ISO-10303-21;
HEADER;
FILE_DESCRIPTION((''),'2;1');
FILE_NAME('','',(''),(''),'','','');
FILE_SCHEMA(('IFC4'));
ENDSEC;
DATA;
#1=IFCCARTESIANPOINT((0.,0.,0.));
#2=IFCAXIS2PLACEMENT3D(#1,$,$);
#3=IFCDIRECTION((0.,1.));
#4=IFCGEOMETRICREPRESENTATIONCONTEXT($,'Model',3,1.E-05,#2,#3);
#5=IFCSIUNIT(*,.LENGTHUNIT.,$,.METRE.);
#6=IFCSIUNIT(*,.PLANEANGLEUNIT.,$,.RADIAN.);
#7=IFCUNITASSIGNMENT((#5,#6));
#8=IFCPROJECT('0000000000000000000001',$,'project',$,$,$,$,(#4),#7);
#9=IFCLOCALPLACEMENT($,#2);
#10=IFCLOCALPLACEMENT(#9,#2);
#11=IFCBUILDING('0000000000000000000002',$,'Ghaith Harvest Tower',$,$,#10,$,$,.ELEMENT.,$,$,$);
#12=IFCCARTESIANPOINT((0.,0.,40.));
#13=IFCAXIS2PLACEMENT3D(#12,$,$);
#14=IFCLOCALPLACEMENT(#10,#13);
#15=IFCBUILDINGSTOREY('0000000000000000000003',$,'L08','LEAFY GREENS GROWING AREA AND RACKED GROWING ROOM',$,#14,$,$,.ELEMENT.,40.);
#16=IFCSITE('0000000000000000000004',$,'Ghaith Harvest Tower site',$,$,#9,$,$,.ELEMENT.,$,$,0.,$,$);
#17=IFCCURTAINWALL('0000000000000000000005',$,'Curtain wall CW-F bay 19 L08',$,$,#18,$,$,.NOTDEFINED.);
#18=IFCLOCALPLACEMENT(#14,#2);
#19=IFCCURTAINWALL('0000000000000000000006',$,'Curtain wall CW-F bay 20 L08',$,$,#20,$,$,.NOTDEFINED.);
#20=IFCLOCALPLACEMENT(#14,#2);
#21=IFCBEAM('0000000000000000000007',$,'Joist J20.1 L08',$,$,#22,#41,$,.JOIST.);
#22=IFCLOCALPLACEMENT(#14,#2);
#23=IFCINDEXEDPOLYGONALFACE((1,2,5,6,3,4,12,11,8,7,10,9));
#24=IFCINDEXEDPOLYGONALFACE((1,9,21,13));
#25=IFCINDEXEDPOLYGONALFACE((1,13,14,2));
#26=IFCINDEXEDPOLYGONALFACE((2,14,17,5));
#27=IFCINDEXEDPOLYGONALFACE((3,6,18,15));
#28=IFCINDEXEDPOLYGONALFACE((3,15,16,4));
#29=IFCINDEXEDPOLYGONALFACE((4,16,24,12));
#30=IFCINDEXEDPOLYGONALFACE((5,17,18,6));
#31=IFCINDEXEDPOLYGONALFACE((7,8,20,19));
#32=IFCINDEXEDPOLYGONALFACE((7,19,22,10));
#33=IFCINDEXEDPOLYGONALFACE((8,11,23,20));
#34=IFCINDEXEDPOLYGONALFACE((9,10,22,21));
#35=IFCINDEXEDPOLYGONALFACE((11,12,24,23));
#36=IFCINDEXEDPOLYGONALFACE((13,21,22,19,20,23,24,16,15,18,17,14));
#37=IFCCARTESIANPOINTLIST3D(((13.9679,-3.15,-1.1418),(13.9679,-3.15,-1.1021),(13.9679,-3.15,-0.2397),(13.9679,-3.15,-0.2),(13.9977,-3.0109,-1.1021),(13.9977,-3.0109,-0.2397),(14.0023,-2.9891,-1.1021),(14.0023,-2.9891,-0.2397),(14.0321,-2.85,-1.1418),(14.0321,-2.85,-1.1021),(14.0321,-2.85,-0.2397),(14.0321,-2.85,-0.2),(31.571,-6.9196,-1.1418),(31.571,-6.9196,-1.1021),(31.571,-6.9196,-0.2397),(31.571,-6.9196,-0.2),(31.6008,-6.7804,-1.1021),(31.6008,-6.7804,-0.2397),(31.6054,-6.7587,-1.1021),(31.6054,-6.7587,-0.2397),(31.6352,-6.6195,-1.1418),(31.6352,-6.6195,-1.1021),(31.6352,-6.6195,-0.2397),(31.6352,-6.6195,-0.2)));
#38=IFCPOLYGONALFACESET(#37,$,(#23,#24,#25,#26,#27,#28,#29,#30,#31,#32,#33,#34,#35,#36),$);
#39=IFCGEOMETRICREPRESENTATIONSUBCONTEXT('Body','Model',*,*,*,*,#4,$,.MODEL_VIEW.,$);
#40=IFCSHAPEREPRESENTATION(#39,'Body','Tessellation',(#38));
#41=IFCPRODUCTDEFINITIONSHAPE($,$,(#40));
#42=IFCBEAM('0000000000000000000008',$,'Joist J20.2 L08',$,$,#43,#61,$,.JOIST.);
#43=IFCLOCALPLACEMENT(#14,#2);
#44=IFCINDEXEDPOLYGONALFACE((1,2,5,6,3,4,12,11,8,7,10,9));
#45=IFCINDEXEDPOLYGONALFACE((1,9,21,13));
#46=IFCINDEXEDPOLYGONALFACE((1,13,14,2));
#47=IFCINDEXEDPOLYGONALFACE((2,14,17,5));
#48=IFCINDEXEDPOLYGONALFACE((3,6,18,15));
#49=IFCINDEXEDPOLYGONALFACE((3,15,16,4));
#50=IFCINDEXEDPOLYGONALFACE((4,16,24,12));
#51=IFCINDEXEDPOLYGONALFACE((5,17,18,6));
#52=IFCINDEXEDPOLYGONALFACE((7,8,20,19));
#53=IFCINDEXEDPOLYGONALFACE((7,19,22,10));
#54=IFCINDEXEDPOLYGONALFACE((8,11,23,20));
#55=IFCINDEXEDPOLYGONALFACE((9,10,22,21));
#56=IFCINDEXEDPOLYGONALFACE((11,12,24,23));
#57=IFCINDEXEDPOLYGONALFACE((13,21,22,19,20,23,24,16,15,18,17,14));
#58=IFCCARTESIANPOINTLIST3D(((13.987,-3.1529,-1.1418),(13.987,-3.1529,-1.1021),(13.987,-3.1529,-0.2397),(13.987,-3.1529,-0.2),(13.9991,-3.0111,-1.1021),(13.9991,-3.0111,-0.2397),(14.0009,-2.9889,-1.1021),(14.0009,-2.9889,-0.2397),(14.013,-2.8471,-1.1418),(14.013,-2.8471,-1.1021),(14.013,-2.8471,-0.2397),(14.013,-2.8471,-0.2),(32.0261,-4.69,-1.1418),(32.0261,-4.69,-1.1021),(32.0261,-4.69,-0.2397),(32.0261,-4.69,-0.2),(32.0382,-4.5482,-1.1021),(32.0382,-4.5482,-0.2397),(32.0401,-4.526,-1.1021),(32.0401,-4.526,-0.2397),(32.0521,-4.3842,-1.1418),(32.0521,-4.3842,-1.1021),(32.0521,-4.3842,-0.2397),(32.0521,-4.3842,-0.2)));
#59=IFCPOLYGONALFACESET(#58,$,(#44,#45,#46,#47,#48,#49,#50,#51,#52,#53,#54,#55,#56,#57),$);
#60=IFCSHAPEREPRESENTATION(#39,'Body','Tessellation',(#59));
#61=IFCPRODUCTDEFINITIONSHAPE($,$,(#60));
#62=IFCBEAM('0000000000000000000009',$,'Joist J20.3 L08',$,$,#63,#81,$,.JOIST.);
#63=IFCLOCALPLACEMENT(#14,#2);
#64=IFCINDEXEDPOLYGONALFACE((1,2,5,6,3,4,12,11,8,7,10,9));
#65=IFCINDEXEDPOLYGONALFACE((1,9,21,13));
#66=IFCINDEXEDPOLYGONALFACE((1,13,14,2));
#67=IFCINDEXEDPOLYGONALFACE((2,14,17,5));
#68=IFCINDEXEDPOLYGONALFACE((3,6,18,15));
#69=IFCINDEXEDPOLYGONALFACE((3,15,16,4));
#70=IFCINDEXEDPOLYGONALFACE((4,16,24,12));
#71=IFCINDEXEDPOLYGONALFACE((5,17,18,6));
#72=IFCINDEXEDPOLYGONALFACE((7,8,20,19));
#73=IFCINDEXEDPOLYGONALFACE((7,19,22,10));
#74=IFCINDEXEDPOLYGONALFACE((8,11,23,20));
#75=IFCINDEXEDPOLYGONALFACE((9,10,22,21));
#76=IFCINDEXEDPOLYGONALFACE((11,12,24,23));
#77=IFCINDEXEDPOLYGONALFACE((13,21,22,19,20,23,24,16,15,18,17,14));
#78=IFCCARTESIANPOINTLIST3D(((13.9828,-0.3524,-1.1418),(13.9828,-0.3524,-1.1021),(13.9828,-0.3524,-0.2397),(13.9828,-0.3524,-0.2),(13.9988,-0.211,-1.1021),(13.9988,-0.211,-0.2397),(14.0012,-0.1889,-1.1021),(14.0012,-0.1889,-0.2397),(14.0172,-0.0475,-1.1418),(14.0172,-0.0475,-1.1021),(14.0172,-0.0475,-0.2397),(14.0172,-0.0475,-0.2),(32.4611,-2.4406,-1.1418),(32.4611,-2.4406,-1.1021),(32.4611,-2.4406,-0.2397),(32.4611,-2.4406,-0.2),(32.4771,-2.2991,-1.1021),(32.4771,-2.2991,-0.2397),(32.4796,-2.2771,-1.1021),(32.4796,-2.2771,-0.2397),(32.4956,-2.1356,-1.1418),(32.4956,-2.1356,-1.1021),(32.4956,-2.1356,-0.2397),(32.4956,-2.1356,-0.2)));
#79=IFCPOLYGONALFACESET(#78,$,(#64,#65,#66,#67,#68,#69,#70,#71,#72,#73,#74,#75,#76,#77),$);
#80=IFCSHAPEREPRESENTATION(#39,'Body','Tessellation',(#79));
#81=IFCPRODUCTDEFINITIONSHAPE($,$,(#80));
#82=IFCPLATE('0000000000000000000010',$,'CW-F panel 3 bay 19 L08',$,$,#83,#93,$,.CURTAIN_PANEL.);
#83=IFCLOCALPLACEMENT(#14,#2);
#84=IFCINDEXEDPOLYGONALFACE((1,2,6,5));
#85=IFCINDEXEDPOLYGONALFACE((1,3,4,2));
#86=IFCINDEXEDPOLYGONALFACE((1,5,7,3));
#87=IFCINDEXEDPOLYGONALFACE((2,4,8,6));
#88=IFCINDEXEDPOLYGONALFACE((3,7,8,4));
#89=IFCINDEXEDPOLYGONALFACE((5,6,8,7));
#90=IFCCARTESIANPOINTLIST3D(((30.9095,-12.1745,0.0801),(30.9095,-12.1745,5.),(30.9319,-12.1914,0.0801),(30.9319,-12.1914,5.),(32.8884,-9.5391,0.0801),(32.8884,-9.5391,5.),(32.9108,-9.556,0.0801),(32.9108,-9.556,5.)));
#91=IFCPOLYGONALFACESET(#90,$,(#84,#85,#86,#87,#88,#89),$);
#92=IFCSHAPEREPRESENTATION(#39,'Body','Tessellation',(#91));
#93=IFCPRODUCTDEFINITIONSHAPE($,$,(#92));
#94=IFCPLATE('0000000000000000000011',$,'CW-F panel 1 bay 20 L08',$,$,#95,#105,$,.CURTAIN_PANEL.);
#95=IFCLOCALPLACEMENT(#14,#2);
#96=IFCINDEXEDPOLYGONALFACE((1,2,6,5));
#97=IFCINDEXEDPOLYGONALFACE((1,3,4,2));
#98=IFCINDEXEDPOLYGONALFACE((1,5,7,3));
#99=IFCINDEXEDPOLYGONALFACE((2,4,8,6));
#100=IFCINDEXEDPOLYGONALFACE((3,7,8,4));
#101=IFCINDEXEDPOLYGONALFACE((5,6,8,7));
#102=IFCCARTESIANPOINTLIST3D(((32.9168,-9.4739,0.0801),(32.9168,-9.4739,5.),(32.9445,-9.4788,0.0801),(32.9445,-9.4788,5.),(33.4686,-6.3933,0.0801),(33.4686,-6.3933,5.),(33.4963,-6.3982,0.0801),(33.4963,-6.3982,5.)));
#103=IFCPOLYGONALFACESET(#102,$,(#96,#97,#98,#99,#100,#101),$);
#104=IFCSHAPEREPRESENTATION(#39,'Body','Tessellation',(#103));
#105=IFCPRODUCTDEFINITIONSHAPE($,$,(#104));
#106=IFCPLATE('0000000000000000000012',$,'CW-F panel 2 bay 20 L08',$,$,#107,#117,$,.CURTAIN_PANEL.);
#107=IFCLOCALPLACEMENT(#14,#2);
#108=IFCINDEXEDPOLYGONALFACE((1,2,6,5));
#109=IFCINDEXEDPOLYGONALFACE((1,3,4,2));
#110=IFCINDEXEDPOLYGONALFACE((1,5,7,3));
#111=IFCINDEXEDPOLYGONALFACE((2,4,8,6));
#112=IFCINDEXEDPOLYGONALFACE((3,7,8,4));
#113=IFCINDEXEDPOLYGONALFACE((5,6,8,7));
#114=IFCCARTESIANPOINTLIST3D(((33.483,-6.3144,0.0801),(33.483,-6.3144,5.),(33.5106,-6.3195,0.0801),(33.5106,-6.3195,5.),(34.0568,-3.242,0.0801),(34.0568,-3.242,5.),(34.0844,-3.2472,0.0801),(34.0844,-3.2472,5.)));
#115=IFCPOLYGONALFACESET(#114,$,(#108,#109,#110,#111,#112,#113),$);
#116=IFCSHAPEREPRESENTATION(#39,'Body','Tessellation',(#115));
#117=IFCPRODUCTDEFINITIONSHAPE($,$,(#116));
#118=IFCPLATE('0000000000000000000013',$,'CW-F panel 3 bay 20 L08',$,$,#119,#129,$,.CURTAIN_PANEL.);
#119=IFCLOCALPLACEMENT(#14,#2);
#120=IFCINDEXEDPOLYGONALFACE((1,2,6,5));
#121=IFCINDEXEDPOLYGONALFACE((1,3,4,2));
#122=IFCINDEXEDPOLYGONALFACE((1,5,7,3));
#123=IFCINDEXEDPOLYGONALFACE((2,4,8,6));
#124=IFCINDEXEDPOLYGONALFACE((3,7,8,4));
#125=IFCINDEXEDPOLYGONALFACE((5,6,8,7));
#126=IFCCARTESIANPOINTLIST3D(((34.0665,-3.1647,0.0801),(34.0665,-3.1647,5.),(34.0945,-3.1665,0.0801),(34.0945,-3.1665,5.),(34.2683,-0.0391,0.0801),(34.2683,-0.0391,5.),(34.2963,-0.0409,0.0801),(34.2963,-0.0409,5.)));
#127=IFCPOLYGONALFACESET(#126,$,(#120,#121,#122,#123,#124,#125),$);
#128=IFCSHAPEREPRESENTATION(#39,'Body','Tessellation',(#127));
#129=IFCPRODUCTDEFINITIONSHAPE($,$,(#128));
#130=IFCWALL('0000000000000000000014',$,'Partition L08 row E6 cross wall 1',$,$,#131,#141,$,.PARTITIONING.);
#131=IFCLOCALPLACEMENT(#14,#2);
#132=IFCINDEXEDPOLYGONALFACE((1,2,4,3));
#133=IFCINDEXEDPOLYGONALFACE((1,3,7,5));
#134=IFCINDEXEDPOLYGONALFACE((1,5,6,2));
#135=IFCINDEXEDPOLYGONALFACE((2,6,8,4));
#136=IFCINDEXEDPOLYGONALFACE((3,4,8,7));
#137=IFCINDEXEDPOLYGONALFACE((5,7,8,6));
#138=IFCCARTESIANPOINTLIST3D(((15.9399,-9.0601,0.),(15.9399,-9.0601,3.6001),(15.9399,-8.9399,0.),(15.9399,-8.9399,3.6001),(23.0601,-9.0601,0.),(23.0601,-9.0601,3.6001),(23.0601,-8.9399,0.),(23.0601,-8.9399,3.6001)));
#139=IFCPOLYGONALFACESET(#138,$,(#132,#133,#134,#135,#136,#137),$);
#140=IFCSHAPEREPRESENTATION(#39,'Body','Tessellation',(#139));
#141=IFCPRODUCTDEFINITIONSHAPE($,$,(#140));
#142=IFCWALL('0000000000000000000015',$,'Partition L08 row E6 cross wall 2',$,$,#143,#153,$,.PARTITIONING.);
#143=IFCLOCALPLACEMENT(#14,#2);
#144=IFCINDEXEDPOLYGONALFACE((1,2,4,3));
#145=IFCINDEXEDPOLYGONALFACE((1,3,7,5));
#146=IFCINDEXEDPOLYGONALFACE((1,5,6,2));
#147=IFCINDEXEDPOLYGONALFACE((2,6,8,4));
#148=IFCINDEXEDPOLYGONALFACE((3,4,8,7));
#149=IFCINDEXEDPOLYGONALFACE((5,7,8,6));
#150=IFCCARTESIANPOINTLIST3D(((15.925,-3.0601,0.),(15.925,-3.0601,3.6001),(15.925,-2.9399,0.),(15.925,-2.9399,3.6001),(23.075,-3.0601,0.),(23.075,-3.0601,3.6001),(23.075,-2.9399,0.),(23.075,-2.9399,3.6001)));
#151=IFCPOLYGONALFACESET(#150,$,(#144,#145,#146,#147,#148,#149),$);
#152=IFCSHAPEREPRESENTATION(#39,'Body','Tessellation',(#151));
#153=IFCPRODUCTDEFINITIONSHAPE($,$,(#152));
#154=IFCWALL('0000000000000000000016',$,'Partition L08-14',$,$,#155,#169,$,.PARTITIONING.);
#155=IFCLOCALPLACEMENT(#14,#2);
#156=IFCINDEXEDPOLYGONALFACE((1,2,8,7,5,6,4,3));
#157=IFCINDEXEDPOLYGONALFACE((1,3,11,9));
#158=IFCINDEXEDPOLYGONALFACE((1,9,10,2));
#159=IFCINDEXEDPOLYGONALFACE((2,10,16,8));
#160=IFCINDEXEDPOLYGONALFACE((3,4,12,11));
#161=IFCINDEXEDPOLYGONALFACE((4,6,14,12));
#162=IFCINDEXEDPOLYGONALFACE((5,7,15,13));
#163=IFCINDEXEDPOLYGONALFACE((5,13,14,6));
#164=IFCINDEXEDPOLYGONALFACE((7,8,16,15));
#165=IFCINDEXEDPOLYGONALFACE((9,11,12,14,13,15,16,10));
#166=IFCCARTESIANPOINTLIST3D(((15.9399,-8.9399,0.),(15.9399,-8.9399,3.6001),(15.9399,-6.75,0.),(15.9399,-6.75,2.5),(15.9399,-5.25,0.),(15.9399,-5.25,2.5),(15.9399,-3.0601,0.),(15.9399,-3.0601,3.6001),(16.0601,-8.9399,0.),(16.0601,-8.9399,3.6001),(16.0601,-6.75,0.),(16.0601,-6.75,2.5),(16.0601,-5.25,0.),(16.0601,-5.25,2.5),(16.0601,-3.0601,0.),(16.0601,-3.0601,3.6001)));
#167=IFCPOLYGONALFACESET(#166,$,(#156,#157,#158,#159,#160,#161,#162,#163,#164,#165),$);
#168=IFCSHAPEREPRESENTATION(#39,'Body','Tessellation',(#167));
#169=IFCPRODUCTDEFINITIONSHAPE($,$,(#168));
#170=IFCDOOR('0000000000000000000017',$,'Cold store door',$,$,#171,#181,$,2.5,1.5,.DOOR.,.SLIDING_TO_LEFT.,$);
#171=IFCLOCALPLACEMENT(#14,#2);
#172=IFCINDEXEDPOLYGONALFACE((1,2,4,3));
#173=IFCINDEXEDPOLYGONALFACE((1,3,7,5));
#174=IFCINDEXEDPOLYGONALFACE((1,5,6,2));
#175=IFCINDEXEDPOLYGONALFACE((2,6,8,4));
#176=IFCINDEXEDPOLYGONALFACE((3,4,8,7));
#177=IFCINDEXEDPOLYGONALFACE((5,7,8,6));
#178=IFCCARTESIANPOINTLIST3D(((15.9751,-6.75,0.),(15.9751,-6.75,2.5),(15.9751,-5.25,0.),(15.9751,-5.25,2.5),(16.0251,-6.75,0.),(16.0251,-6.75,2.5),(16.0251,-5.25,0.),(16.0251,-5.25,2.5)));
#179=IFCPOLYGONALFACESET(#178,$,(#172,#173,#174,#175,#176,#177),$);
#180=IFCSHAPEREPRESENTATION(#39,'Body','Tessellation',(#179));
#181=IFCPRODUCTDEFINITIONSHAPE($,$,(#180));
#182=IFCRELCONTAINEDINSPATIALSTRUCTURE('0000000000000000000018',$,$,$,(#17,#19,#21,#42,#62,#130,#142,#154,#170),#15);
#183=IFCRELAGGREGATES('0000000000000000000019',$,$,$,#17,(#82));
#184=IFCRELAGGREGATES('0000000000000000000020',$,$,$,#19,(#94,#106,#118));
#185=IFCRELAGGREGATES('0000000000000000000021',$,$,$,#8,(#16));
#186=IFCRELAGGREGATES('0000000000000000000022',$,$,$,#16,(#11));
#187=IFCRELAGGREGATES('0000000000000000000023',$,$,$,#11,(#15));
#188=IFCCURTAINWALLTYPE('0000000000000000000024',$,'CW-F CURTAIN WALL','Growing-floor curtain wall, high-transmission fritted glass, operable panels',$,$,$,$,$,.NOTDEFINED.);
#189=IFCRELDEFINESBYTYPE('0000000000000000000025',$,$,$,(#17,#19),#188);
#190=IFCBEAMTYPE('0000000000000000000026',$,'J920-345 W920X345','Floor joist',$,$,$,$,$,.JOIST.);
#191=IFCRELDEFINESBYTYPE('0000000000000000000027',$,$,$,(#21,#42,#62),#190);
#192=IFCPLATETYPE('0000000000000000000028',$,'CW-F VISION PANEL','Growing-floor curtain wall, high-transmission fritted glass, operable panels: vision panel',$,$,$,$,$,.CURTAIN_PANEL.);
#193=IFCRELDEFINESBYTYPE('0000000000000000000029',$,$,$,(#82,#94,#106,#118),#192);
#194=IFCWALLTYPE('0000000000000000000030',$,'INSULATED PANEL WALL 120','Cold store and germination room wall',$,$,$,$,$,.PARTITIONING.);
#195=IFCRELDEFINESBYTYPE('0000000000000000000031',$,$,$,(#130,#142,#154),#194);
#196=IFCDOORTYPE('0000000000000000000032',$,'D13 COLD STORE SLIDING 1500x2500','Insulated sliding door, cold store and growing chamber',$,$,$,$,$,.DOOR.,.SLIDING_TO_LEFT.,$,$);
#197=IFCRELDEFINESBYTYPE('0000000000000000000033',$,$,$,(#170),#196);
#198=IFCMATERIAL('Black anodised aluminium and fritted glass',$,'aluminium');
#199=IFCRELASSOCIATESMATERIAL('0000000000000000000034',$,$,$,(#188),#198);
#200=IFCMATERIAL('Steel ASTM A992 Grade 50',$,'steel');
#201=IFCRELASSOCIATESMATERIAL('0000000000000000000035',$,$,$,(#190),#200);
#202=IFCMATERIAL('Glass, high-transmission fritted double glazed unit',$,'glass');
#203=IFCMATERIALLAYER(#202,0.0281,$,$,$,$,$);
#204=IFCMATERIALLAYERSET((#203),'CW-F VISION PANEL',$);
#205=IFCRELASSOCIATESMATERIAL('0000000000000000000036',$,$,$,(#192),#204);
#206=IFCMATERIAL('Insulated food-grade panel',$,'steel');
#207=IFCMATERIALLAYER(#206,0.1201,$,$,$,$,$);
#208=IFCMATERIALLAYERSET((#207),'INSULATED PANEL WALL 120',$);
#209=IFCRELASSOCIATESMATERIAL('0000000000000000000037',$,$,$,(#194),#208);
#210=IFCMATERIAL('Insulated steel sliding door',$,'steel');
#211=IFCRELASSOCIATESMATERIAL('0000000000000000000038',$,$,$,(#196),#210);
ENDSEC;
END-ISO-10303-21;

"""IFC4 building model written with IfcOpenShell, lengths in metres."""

from ifc_helpers import new_model, si_unit, direction, frame, frame_2d, origin, origin_2d, place, context, subcontext, project, spatial, rectangle, i_section, extrude, material, layer, layer_set, material_profile, profile_set, type_object, element, fill, aggregate, save


model = new_model("IFC4")

# Units and contexts
model_context = context("Model", 3, precision=1e-05, world=origin(), true_north=direction((0.0, 1.0)))
body_context = subcontext(model_context, "Body", "Model", "MODEL_VIEW")
ifc_project = project(units=[si_unit("LENGTHUNIT", "METRE"), si_unit("PLANEANGLEUNIT", "RADIAN")], contexts=[model_context])

# Site, building, storey
site_placement = place(None, origin())
site = spatial("IfcSite", under=ifc_project, at=site_placement, Name="Ghaith Harvest Tower site", CompositionType="ELEMENT", RefElevation=0.0)
building_placement = place(site_placement, origin())
building = spatial("IfcBuilding", under=site, at=building_placement, Name="Ghaith Harvest Tower", CompositionType="ELEMENT")
storey_placement = place(building_placement, frame((0.0, 0.0, 40.0)))
storey = spatial("IfcBuildingStorey", under=building, at=storey_placement, Name="L08", Description="LEAFY GREENS GROWING AREA AND RACKED GROWING ROOM", CompositionType="ELEMENT", Elevation=40.0)

# Curtain wall
ifc_material_1 = material(Name="Black anodised aluminium and fritted glass", Category="aluminium")
curtain_wall_type = type_object("IfcCurtainWallType", Name="CW-F CURTAIN WALL", Description="Growing-floor curtain wall, high-transmission fritted glass, operable panels", PredefinedType="NOTDEFINED", material=ifc_material_1)
curtain_wall_1_placement = place(storey_placement, origin())
curtain_wall_1 = element("IfcCurtainWall", 1, at=curtain_wall_1_placement, inside=storey, type_object=curtain_wall_type, Name="Curtain wall CW-F bay 19 L08", PredefinedType="NOTDEFINED")

# Curtain wall
curtain_wall_2_placement = place(storey_placement, origin())
curtain_wall_2 = element("IfcCurtainWall", 2, at=curtain_wall_2_placement, inside=storey, type_object=curtain_wall_type, Name="Curtain wall CW-F bay 20 L08", PredefinedType="NOTDEFINED")

# Beams
ifc_material_2 = material(Name="Steel ASTM A992 Grade 50", Category="steel")
ifc_material_profile_1 = material_profile(ifc_material_2, i_section(OverallWidth=0.3069, OverallDepth=0.9419, WebThickness=0.0222, FlangeThickness=0.0398, at=origin_2d()), Name="W920X345")
ifc_profile_set_1 = profile_set([ifc_material_profile_1], Name="Steel ASTM A992 Grade 50")
beam_type_1 = type_object("IfcBeamType", Name="J920-345 W920X345", Description="Floor joist", PredefinedType="JOIST", material=ifc_profile_set_1)
beam_1_placement = place(storey_placement, frame((14.0, -3.0, -0.6709), z_axis=(0.977831, -0.209394, 0.0), x_axis=(0.209394, 0.977831, 0.0)))
element("IfcBeam", 3, at=beam_1_placement, inside=storey, type_object=beam_type_1, Name="Joist J20.1 L08", PredefinedType="JOIST", context=body_context, shape_type="SweptSolid", body=[
    extrude(i_section(OverallWidth=0.3069, OverallDepth=0.9419, WebThickness=0.0222, FlangeThickness=0.0398, at=origin_2d()), origin(), (0.0, 0.0, 1.0), 18.0022),
])
beam_2_placement = place(storey_placement, frame((14.0, -3.0, -0.6709), z_axis=(0.996389, -0.084902, 0.0), x_axis=(0.084902, 0.996389, 0.0)))
element("IfcBeam", 4, at=beam_2_placement, inside=storey, type_object=beam_type_1, Name="Joist J20.2 L08", PredefinedType="JOIST", context=body_context, shape_type="SweptSolid", body=[
    extrude(i_section(OverallWidth=0.3069, OverallDepth=0.9419, WebThickness=0.0222, FlangeThickness=0.0398, at=origin_2d()), origin(), (0.0, 0.0, 1.0), 18.1045),
])
beam_3_placement = place(storey_placement, frame((14.0, -0.2, -0.6709), z_axis=(0.993675, -0.11229, 0.0), x_axis=(0.11229, 0.993675, 0.0)))
element("IfcBeam", 5, at=beam_3_placement, inside=storey, type_object=beam_type_1, Name="Joist J20.3 L08", PredefinedType="JOIST", context=body_context, shape_type="SweptSolid", body=[
    extrude(i_section(OverallWidth=0.3069, OverallDepth=0.9419, WebThickness=0.0222, FlangeThickness=0.0398, at=origin_2d()), origin(), (0.0, 0.0, 1.0), 18.5959),
])

# Plates
ifc_material_3 = material(Name="Glass, high-transmission fritted double glazed unit", Category="glass")
ifc_layer_1 = layer(ifc_material_3, 0.0281)
ifc_layer_set_1 = layer_set([ifc_layer_1], Name="CW-F VISION PANEL")
plate_type = type_object("IfcPlateType", Name="CW-F VISION PANEL", Description="Growing-floor curtain wall, high-transmission fritted glass, operable panels: vision panel", PredefinedType="CURTAIN_PANEL", material=ifc_layer_set_1)
plate_1_placement = place(storey_placement, frame((31.9102, -10.8652, 0.0801), z_axis=(0.0, 0.0, 1.0), x_axis=(0.600454, 0.799659, 0.0)))
plate_1 = element("IfcPlate", 6, at=plate_1_placement, type_object=plate_type, Name="CW-F panel 3 bay 19 L08", PredefinedType="CURTAIN_PANEL", context=body_context, shape_type="SweptSolid", body=[
    extrude(rectangle(XDim=3.2957, YDim=0.0281, at=origin_2d()), origin(), (0.0, 0.0, 1.0), 4.9199),
])
aggregate(curtain_wall_1, [plate_1])
plate_2_placement = place(storey_placement, frame((33.2065, -7.936, 0.0801), z_axis=(0.0, 0.0, 1.0), x_axis=(0.17632, 0.984333, 0.0)))
plate_2 = element("IfcPlate", 7, at=plate_2_placement, type_object=plate_type, Name="CW-F panel 1 bay 20 L08", PredefinedType="CURTAIN_PANEL", context=body_context, shape_type="SweptSolid", body=[
    extrude(rectangle(XDim=3.1296, YDim=0.0281, at=origin_2d()), origin(), (0.0, 0.0, 1.0), 4.9199),
])
plate_3_placement = place(storey_placement, frame((33.7837, -4.7808, 0.0801), z_axis=(0.0, 0.0, 1.0), x_axis=(0.183569, 0.983007, 0.0)))
plate_3 = element("IfcPlate", 8, at=plate_3_placement, type_object=plate_type, Name="CW-F panel 2 bay 20 L08", PredefinedType="CURTAIN_PANEL", context=body_context, shape_type="SweptSolid", body=[
    extrude(rectangle(XDim=3.1255, YDim=0.0281, at=origin_2d()), origin(), (0.0, 0.0, 1.0), 4.9199),
])
plate_4_placement = place(storey_placement, frame((34.1814, -1.6028, 0.0801), z_axis=(0.0, 0.0, 1.0), x_axis=(0.064446, 0.997921, 0.0)))
plate_4 = element("IfcPlate", 9, at=plate_4_placement, type_object=plate_type, Name="CW-F panel 3 bay 20 L08", PredefinedType="CURTAIN_PANEL", context=body_context, shape_type="SweptSolid", body=[
    extrude(rectangle(XDim=3.1321, YDim=0.0281, at=origin_2d()), origin(), (0.0, 0.0, 1.0), 4.9199),
])
aggregate(curtain_wall_2, [plate_2, plate_3, plate_4])

# Walls
ifc_material_4 = material(Name="Insulated food-grade panel", Category="steel")
ifc_layer_2 = layer(ifc_material_4, 0.1201)
ifc_layer_set_2 = layer_set([ifc_layer_2], Name="INSULATED PANEL WALL 120")
wall_type_1 = type_object("IfcWallType", Name="INSULATED PANEL WALL 120", Description="Cold store and germination room wall", PredefinedType="PARTITIONING", material=ifc_layer_set_2)
wall_1_placement = place(storey_placement, frame((15.9399, -9.0, 0.0), z_axis=(0.0, 0.0, 1.0), x_axis=(1.0, 0.0, 0.0)))
element("IfcWall", 10, at=wall_1_placement, inside=storey, type_object=wall_type_1, Name="Partition L08 row E6 cross wall 1", PredefinedType="PARTITIONING", context=body_context, shape_type="SweptSolid", body=[
    extrude(rectangle(XDim=7.1201, YDim=0.1201, at=frame_2d((3.5601, 0.0))), origin(), (0.0, 0.0, 1.0), 3.6001),
])
wall_2_placement = place(storey_placement, frame((15.925, -3.0, 0.0), z_axis=(0.0, 0.0, 1.0), x_axis=(1.0, 0.0, 0.0)))
element("IfcWall", 11, at=wall_2_placement, inside=storey, type_object=wall_type_1, Name="Partition L08 row E6 cross wall 2", PredefinedType="PARTITIONING", context=body_context, shape_type="SweptSolid", body=[
    extrude(rectangle(XDim=7.1499, YDim=0.1201, at=frame_2d((3.575, 0.0))), origin(), (0.0, 0.0, 1.0), 3.6001),
])

# Wall, opening, door
wall_3_placement = place(storey_placement, frame((16.0, -8.9399, 0.0), z_axis=(0.0, 0.0, 1.0), x_axis=(0.0, 1.0, 0.0)))
wall_3 = element("IfcWall", 12, at=wall_3_placement, inside=storey, type_object=wall_type_1, Name="Partition L08-14", PredefinedType="PARTITIONING", context=body_context, shape_type="SweptSolid", body=[
    extrude(rectangle(XDim=5.8799, YDim=0.1201, at=frame_2d((2.9399, 0.0))), origin(), (0.0, 0.0, 1.0), 3.6001),
])
opening_1_placement = place(wall_3_placement, frame((2.1899, 0.0, 0.0)))
opening_1 = element("IfcOpeningElement", 13, at=opening_1_placement, cuts=wall_3, PredefinedType="OPENING", context=body_context, shape_type="SweptSolid", body=[
    extrude(rectangle(XDim=1.5, YDim=2.5, at=frame_2d((0.75, 1.25))), frame((0.0, 0.0701, 0.0), z_axis=(0.0, -1.0, 0.0), x_axis=(1.0, 0.0, 0.0)), (0.0, 0.0, 1.0), 0.1401),
])
ifc_material_5 = material(Name="Insulated steel sliding door", Category="steel")
door_type_1 = type_object("IfcDoorType", Name="D13 COLD STORE SLIDING 1500x2500", Description="Insulated sliding door, cold store and growing chamber", OperationType="SLIDING_TO_LEFT", PredefinedType="DOOR", material=ifc_material_5)
door_1_placement = place(opening_1_placement, origin())
door_1 = element("IfcDoor", 14, at=door_1_placement, inside=storey, type_object=door_type_1, Name="Cold store door", OperationType="SLIDING_TO_LEFT", OverallHeight=2.5, OverallWidth=1.5, PredefinedType="DOOR", context=body_context, shape_type="SweptSolid", body=[
    extrude(rectangle(XDim=1.5, YDim=2.5, at=frame_2d((0.75, 1.25))), frame((0.0, 0.0249, 0.0), z_axis=(0.0, -1.0, 0.0), x_axis=(1.0, 0.0, 0.0)), (0.0, 0.0, 1.0), 0.05),
])
fill(opening_1, door_1)

save(model, "model.ifc")
